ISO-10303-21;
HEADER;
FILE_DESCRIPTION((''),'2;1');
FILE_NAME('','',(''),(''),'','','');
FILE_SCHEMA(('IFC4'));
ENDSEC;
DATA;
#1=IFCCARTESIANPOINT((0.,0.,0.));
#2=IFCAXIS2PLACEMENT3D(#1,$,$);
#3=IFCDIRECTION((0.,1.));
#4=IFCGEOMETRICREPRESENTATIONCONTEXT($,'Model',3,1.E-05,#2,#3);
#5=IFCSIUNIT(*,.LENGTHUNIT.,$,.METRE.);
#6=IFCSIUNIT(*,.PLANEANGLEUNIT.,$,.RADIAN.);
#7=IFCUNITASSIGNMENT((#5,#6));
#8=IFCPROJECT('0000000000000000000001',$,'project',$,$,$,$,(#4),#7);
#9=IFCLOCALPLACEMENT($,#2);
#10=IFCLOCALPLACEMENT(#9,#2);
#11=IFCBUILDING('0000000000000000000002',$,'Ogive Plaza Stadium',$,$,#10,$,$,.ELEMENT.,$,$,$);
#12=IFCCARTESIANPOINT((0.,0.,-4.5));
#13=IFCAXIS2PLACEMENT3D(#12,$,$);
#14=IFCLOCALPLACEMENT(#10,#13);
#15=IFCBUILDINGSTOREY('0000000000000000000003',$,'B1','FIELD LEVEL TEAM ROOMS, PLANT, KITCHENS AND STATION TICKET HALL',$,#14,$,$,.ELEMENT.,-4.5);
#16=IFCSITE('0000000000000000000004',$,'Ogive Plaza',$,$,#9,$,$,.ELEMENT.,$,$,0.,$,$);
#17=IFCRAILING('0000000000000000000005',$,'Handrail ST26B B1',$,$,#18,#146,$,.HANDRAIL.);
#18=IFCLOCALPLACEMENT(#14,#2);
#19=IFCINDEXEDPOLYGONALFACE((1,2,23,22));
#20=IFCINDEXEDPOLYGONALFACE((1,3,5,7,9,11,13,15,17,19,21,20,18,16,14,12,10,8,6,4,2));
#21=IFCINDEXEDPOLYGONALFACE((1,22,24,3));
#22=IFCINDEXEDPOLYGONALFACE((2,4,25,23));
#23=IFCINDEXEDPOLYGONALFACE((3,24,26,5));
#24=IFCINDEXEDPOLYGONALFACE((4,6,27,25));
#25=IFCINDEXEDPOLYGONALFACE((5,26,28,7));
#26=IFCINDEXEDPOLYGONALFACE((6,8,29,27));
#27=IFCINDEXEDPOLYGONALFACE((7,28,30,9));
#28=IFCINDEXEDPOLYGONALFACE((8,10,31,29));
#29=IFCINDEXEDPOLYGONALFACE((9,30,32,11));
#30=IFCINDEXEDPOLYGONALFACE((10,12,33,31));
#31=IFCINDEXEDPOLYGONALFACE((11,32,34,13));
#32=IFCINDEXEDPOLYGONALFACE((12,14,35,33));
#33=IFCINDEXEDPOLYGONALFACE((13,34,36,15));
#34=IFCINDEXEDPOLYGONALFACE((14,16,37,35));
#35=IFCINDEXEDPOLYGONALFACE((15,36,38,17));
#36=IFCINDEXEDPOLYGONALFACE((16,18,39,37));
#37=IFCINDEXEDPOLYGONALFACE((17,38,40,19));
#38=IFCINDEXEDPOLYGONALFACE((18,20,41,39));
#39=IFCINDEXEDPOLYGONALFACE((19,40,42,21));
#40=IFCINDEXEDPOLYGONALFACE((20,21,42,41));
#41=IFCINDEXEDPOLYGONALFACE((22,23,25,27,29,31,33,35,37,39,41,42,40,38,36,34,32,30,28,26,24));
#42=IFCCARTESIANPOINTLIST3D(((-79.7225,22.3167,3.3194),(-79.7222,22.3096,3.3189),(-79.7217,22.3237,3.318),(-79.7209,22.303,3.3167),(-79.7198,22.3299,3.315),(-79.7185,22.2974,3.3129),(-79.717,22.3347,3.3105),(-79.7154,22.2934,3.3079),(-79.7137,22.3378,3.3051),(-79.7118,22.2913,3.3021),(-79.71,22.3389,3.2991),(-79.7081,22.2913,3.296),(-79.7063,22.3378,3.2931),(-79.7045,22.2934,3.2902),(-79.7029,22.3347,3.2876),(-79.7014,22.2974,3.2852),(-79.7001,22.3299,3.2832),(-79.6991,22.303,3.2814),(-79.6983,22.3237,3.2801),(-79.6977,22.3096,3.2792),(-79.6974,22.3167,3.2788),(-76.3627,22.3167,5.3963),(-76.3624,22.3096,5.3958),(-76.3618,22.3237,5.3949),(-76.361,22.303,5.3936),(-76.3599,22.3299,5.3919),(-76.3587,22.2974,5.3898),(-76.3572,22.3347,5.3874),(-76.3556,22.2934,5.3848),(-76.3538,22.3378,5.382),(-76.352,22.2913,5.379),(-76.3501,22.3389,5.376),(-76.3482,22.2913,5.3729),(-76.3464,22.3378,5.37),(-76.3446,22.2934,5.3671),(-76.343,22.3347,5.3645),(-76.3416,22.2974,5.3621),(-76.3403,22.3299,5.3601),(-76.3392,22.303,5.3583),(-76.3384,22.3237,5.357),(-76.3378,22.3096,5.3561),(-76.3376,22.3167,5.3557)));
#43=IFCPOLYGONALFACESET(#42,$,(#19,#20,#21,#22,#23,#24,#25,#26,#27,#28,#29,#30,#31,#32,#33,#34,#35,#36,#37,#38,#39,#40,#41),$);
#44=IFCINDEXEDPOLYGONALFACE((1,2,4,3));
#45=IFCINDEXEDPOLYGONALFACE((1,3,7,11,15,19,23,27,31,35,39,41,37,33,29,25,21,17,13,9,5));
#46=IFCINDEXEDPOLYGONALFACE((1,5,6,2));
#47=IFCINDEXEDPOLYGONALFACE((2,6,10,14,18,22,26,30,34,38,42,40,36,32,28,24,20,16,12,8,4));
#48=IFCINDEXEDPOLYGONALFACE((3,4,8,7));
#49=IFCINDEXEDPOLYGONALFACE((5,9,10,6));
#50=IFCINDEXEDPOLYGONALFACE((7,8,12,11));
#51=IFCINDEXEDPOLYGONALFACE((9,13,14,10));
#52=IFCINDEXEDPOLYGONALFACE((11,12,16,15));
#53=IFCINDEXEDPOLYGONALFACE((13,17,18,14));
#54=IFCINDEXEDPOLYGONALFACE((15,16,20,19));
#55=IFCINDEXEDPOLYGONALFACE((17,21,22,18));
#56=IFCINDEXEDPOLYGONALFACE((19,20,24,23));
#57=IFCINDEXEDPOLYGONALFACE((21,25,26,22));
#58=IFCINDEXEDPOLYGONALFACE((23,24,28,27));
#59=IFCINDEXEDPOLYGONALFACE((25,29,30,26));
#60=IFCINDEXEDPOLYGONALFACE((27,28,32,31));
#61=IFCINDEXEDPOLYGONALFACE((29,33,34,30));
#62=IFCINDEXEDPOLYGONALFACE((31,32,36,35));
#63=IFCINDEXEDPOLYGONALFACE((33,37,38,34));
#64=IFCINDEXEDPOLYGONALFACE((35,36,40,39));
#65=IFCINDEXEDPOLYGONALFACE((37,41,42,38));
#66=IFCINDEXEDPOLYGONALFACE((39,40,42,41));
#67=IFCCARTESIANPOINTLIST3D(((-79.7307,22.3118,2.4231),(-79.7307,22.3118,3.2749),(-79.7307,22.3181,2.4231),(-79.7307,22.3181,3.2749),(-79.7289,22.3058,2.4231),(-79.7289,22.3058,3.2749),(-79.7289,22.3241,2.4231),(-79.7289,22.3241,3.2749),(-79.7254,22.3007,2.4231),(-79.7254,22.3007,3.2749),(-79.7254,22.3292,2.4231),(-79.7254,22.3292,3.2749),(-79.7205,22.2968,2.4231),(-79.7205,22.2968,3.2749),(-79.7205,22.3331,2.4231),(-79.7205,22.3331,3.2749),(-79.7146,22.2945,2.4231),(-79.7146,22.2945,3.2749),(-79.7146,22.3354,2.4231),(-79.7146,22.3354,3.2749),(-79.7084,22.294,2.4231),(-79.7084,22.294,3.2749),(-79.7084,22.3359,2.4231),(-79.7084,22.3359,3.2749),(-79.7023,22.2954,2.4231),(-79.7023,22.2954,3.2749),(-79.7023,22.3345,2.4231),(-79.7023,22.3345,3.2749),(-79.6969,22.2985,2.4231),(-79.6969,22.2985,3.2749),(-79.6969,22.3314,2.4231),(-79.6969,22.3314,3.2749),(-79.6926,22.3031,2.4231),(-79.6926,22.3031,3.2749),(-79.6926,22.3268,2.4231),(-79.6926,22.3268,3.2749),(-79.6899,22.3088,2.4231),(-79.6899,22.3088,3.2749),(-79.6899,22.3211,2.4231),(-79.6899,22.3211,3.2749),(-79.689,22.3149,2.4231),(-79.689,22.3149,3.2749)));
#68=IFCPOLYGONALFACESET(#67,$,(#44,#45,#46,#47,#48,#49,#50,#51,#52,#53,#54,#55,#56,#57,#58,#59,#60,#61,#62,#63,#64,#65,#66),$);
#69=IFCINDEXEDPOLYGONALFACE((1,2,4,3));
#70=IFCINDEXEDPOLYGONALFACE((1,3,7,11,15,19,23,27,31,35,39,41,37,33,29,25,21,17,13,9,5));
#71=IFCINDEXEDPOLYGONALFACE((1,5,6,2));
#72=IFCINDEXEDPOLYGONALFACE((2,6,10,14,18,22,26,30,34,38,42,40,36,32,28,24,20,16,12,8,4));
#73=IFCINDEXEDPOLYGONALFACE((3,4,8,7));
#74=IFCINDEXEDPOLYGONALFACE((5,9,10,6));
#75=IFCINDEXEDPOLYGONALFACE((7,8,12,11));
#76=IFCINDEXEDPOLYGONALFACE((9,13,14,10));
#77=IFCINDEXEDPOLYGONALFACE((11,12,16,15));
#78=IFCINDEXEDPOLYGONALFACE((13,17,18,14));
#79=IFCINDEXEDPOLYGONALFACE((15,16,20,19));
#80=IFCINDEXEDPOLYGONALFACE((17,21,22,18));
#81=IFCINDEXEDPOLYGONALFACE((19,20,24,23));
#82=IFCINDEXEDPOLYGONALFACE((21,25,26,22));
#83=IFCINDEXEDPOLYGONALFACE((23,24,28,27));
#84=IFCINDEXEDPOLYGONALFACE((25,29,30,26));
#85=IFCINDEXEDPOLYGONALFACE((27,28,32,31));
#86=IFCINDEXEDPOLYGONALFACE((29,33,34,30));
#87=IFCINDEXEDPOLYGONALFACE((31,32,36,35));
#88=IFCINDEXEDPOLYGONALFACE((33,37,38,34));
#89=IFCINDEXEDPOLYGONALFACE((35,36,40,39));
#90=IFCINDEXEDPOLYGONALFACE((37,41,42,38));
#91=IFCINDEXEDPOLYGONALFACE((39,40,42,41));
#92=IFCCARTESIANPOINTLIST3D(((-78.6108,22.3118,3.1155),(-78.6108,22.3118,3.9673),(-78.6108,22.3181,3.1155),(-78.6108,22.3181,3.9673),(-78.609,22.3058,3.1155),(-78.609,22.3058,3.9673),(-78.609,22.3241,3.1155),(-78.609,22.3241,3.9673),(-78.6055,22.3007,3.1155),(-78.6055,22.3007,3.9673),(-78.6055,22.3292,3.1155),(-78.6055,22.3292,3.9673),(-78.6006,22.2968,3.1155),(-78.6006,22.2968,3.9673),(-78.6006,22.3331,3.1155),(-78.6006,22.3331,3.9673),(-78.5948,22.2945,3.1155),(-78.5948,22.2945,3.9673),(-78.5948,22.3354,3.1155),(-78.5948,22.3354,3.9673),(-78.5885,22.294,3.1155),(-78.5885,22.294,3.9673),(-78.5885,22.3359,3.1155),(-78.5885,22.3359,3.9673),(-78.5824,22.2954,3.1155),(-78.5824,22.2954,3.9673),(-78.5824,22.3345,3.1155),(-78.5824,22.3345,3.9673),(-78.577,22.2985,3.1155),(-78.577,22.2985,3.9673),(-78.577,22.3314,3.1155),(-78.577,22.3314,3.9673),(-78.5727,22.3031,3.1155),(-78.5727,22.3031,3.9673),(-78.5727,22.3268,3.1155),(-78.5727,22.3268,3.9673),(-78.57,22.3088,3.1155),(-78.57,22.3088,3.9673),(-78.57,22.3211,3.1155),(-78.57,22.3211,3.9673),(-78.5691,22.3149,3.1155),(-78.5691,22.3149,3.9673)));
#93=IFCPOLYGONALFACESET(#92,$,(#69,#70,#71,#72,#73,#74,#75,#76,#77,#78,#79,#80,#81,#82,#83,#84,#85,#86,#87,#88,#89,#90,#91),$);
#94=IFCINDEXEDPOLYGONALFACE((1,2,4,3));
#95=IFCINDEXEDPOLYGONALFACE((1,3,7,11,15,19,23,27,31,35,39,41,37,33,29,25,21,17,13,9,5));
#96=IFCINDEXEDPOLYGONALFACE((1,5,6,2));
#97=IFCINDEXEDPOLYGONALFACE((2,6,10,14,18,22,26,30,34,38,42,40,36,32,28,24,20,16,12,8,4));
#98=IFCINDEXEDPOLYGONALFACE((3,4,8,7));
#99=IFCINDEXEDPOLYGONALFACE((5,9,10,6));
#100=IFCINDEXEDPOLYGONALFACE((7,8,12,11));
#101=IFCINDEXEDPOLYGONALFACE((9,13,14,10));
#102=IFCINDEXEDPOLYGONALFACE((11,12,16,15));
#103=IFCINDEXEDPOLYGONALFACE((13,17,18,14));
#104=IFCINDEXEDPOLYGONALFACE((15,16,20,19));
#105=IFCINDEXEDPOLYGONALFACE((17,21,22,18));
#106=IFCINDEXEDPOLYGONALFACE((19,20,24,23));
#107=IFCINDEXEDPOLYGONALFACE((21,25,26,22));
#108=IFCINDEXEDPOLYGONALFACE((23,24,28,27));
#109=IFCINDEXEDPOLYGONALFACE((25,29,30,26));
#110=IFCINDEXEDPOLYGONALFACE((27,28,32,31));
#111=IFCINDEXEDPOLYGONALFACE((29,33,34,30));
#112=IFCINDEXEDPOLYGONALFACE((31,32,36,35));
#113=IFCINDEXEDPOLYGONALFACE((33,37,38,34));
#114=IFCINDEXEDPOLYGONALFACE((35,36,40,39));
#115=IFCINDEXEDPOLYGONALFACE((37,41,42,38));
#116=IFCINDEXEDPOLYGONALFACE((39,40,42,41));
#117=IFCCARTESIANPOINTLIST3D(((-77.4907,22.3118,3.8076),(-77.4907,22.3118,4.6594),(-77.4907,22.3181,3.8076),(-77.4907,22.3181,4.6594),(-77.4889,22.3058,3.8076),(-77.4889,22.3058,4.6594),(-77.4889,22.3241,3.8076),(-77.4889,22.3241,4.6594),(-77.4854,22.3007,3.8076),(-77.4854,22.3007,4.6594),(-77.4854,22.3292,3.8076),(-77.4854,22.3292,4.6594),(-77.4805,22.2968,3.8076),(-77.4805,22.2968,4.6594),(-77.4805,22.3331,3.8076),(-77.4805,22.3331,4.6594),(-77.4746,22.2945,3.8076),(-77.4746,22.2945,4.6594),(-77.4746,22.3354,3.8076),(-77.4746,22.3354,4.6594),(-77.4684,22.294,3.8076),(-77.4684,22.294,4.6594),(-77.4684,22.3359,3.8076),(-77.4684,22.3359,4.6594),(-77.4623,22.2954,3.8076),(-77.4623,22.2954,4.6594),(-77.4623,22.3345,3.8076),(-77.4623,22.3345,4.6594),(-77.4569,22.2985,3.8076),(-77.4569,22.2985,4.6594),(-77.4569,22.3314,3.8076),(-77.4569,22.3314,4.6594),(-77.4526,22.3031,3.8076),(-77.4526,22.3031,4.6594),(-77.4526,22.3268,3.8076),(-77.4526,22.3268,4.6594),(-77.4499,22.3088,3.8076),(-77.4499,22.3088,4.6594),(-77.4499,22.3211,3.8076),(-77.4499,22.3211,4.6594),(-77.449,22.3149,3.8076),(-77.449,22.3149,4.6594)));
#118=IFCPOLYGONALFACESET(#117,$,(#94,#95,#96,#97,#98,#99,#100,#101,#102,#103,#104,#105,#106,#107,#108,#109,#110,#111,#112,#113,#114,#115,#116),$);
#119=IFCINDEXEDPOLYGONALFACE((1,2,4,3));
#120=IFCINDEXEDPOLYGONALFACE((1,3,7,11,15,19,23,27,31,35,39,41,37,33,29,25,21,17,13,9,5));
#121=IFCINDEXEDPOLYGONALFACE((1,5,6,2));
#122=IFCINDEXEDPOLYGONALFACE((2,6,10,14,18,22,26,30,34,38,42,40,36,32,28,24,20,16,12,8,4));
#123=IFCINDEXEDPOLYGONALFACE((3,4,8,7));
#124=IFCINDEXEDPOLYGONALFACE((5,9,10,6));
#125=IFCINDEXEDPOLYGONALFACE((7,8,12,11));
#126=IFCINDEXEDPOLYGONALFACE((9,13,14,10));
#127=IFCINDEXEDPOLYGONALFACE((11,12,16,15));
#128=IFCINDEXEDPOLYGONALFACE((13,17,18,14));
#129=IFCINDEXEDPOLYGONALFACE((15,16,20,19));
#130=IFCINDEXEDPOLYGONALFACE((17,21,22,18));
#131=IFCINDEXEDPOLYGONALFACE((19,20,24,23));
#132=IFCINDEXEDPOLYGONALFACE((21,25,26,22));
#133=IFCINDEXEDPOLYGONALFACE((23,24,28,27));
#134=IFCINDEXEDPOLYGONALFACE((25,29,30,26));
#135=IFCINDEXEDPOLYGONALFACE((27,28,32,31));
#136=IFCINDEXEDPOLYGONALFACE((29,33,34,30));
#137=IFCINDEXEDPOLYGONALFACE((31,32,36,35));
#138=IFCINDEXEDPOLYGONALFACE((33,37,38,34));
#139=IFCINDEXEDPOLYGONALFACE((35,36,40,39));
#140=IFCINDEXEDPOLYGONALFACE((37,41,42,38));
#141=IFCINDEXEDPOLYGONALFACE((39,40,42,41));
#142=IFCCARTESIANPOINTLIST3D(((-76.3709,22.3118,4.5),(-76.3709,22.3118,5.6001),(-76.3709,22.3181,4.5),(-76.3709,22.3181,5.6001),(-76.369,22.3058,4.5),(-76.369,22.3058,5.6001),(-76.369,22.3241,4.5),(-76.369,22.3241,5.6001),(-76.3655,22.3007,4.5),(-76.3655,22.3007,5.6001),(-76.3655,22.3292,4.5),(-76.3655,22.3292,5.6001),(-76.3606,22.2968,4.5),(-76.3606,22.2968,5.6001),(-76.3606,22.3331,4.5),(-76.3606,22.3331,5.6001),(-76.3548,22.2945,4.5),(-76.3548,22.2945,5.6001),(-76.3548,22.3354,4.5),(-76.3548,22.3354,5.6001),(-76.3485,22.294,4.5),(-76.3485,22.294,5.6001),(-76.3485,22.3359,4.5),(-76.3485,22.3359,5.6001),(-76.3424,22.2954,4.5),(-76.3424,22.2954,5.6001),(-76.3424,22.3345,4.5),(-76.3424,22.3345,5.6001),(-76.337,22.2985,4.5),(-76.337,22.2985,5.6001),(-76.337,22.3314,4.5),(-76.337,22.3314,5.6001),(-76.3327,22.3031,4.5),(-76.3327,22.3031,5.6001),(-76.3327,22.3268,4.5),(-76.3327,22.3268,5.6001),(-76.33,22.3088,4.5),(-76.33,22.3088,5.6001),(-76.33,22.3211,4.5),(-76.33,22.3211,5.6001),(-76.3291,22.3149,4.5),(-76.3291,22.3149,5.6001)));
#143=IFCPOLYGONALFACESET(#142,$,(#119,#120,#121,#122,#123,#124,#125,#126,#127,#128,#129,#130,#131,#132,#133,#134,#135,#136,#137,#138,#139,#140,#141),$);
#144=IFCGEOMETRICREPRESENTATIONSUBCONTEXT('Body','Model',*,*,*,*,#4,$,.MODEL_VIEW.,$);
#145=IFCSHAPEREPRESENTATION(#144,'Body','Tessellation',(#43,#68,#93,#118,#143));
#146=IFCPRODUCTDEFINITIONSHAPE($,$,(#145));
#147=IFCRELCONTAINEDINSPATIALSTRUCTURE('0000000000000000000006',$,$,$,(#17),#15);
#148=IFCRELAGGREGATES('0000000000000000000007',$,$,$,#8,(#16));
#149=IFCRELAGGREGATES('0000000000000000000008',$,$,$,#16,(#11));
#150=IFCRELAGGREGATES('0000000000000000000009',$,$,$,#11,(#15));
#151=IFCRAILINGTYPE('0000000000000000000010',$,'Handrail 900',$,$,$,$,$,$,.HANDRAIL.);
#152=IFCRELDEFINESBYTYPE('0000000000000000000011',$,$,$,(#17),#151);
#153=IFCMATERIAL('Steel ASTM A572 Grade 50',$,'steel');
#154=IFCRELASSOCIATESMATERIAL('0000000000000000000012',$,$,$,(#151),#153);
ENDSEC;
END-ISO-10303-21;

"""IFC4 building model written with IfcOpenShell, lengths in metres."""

from ifc_helpers import new_model, si_unit, direction, frame, origin, origin_2d, place, context, subcontext, project, spatial, circle, extrude, material, type_object, element, save


model = new_model("IFC4")

# Units and contexts
model_context = context("Model", 3, precision=1e-05, world=origin(), true_north=direction((0.0, 1.0)))
body_context = subcontext(model_context, "Body", "Model", "MODEL_VIEW")
ifc_project = project(units=[si_unit("LENGTHUNIT", "METRE"), si_unit("PLANEANGLEUNIT", "RADIAN")], contexts=[model_context])

# Site, building, storey
site_placement = place(None, origin())
site = spatial("IfcSite", under=ifc_project, at=site_placement, Name="Ogive Plaza", CompositionType="ELEMENT", RefElevation=0.0)
building_placement = place(site_placement, origin())
building = spatial("IfcBuilding", under=site, at=building_placement, Name="Ogive Plaza Stadium", CompositionType="ELEMENT")
storey_placement = place(building_placement, frame((0.0, 0.0, -4.5)))
storey = spatial("IfcBuildingStorey", under=building, at=storey_placement, Name="B1", Description="FIELD LEVEL TEAM ROOMS, PLANT, KITCHENS AND STATION TICKET HALL", CompositionType="ELEMENT", Elevation=-4.5)

# Railing
ifc_material_1 = material(Name="Steel ASTM A572 Grade 50", Category="steel")
railing_type_1 = type_object("IfcRailingType", Name="Handrail 900", PredefinedType="HANDRAIL", material=ifc_material_1)
for number, where, name in (
    (1, (-79.71, 22.3149, 2.4231), "Handrail ST26B B1"),
):
    element("IfcRailing", number, at=place(storey_placement, frame(where)), inside=storey, type_object=railing_type_1, Name=name, PredefinedType="HANDRAIL", context=body_context, shape_type="SweptSolid", body=[
        extrude(circle(Radius=0.0239, at=origin_2d()), frame((0.0, 0.0, 0.876), z_axis=(0.850606, 0.0, 0.525803), x_axis=(0.0, 1.0, 0.0)), (0.0, 0.0, 1.0), 3.95),
        extrude(circle(Radius=0.021, at=origin_2d()), origin(), (0.0, 0.0, 1.0), 0.8518),
        extrude(circle(Radius=0.021, at=origin_2d()), frame((1.1199, 0.0, 0.6924)), (0.0, 0.0, 1.0), 0.8518),
        extrude(circle(Radius=0.021, at=origin_2d()), frame((2.24, 0.0, 1.3845)), (0.0, 0.0, 1.0), 0.8518),
        extrude(circle(Radius=0.021, at=origin_2d()), frame((3.3599, 0.0, 2.0769)), (0.0, 0.0, 1.0), 1.1001),
    ])

save(model, "model.ifc")
